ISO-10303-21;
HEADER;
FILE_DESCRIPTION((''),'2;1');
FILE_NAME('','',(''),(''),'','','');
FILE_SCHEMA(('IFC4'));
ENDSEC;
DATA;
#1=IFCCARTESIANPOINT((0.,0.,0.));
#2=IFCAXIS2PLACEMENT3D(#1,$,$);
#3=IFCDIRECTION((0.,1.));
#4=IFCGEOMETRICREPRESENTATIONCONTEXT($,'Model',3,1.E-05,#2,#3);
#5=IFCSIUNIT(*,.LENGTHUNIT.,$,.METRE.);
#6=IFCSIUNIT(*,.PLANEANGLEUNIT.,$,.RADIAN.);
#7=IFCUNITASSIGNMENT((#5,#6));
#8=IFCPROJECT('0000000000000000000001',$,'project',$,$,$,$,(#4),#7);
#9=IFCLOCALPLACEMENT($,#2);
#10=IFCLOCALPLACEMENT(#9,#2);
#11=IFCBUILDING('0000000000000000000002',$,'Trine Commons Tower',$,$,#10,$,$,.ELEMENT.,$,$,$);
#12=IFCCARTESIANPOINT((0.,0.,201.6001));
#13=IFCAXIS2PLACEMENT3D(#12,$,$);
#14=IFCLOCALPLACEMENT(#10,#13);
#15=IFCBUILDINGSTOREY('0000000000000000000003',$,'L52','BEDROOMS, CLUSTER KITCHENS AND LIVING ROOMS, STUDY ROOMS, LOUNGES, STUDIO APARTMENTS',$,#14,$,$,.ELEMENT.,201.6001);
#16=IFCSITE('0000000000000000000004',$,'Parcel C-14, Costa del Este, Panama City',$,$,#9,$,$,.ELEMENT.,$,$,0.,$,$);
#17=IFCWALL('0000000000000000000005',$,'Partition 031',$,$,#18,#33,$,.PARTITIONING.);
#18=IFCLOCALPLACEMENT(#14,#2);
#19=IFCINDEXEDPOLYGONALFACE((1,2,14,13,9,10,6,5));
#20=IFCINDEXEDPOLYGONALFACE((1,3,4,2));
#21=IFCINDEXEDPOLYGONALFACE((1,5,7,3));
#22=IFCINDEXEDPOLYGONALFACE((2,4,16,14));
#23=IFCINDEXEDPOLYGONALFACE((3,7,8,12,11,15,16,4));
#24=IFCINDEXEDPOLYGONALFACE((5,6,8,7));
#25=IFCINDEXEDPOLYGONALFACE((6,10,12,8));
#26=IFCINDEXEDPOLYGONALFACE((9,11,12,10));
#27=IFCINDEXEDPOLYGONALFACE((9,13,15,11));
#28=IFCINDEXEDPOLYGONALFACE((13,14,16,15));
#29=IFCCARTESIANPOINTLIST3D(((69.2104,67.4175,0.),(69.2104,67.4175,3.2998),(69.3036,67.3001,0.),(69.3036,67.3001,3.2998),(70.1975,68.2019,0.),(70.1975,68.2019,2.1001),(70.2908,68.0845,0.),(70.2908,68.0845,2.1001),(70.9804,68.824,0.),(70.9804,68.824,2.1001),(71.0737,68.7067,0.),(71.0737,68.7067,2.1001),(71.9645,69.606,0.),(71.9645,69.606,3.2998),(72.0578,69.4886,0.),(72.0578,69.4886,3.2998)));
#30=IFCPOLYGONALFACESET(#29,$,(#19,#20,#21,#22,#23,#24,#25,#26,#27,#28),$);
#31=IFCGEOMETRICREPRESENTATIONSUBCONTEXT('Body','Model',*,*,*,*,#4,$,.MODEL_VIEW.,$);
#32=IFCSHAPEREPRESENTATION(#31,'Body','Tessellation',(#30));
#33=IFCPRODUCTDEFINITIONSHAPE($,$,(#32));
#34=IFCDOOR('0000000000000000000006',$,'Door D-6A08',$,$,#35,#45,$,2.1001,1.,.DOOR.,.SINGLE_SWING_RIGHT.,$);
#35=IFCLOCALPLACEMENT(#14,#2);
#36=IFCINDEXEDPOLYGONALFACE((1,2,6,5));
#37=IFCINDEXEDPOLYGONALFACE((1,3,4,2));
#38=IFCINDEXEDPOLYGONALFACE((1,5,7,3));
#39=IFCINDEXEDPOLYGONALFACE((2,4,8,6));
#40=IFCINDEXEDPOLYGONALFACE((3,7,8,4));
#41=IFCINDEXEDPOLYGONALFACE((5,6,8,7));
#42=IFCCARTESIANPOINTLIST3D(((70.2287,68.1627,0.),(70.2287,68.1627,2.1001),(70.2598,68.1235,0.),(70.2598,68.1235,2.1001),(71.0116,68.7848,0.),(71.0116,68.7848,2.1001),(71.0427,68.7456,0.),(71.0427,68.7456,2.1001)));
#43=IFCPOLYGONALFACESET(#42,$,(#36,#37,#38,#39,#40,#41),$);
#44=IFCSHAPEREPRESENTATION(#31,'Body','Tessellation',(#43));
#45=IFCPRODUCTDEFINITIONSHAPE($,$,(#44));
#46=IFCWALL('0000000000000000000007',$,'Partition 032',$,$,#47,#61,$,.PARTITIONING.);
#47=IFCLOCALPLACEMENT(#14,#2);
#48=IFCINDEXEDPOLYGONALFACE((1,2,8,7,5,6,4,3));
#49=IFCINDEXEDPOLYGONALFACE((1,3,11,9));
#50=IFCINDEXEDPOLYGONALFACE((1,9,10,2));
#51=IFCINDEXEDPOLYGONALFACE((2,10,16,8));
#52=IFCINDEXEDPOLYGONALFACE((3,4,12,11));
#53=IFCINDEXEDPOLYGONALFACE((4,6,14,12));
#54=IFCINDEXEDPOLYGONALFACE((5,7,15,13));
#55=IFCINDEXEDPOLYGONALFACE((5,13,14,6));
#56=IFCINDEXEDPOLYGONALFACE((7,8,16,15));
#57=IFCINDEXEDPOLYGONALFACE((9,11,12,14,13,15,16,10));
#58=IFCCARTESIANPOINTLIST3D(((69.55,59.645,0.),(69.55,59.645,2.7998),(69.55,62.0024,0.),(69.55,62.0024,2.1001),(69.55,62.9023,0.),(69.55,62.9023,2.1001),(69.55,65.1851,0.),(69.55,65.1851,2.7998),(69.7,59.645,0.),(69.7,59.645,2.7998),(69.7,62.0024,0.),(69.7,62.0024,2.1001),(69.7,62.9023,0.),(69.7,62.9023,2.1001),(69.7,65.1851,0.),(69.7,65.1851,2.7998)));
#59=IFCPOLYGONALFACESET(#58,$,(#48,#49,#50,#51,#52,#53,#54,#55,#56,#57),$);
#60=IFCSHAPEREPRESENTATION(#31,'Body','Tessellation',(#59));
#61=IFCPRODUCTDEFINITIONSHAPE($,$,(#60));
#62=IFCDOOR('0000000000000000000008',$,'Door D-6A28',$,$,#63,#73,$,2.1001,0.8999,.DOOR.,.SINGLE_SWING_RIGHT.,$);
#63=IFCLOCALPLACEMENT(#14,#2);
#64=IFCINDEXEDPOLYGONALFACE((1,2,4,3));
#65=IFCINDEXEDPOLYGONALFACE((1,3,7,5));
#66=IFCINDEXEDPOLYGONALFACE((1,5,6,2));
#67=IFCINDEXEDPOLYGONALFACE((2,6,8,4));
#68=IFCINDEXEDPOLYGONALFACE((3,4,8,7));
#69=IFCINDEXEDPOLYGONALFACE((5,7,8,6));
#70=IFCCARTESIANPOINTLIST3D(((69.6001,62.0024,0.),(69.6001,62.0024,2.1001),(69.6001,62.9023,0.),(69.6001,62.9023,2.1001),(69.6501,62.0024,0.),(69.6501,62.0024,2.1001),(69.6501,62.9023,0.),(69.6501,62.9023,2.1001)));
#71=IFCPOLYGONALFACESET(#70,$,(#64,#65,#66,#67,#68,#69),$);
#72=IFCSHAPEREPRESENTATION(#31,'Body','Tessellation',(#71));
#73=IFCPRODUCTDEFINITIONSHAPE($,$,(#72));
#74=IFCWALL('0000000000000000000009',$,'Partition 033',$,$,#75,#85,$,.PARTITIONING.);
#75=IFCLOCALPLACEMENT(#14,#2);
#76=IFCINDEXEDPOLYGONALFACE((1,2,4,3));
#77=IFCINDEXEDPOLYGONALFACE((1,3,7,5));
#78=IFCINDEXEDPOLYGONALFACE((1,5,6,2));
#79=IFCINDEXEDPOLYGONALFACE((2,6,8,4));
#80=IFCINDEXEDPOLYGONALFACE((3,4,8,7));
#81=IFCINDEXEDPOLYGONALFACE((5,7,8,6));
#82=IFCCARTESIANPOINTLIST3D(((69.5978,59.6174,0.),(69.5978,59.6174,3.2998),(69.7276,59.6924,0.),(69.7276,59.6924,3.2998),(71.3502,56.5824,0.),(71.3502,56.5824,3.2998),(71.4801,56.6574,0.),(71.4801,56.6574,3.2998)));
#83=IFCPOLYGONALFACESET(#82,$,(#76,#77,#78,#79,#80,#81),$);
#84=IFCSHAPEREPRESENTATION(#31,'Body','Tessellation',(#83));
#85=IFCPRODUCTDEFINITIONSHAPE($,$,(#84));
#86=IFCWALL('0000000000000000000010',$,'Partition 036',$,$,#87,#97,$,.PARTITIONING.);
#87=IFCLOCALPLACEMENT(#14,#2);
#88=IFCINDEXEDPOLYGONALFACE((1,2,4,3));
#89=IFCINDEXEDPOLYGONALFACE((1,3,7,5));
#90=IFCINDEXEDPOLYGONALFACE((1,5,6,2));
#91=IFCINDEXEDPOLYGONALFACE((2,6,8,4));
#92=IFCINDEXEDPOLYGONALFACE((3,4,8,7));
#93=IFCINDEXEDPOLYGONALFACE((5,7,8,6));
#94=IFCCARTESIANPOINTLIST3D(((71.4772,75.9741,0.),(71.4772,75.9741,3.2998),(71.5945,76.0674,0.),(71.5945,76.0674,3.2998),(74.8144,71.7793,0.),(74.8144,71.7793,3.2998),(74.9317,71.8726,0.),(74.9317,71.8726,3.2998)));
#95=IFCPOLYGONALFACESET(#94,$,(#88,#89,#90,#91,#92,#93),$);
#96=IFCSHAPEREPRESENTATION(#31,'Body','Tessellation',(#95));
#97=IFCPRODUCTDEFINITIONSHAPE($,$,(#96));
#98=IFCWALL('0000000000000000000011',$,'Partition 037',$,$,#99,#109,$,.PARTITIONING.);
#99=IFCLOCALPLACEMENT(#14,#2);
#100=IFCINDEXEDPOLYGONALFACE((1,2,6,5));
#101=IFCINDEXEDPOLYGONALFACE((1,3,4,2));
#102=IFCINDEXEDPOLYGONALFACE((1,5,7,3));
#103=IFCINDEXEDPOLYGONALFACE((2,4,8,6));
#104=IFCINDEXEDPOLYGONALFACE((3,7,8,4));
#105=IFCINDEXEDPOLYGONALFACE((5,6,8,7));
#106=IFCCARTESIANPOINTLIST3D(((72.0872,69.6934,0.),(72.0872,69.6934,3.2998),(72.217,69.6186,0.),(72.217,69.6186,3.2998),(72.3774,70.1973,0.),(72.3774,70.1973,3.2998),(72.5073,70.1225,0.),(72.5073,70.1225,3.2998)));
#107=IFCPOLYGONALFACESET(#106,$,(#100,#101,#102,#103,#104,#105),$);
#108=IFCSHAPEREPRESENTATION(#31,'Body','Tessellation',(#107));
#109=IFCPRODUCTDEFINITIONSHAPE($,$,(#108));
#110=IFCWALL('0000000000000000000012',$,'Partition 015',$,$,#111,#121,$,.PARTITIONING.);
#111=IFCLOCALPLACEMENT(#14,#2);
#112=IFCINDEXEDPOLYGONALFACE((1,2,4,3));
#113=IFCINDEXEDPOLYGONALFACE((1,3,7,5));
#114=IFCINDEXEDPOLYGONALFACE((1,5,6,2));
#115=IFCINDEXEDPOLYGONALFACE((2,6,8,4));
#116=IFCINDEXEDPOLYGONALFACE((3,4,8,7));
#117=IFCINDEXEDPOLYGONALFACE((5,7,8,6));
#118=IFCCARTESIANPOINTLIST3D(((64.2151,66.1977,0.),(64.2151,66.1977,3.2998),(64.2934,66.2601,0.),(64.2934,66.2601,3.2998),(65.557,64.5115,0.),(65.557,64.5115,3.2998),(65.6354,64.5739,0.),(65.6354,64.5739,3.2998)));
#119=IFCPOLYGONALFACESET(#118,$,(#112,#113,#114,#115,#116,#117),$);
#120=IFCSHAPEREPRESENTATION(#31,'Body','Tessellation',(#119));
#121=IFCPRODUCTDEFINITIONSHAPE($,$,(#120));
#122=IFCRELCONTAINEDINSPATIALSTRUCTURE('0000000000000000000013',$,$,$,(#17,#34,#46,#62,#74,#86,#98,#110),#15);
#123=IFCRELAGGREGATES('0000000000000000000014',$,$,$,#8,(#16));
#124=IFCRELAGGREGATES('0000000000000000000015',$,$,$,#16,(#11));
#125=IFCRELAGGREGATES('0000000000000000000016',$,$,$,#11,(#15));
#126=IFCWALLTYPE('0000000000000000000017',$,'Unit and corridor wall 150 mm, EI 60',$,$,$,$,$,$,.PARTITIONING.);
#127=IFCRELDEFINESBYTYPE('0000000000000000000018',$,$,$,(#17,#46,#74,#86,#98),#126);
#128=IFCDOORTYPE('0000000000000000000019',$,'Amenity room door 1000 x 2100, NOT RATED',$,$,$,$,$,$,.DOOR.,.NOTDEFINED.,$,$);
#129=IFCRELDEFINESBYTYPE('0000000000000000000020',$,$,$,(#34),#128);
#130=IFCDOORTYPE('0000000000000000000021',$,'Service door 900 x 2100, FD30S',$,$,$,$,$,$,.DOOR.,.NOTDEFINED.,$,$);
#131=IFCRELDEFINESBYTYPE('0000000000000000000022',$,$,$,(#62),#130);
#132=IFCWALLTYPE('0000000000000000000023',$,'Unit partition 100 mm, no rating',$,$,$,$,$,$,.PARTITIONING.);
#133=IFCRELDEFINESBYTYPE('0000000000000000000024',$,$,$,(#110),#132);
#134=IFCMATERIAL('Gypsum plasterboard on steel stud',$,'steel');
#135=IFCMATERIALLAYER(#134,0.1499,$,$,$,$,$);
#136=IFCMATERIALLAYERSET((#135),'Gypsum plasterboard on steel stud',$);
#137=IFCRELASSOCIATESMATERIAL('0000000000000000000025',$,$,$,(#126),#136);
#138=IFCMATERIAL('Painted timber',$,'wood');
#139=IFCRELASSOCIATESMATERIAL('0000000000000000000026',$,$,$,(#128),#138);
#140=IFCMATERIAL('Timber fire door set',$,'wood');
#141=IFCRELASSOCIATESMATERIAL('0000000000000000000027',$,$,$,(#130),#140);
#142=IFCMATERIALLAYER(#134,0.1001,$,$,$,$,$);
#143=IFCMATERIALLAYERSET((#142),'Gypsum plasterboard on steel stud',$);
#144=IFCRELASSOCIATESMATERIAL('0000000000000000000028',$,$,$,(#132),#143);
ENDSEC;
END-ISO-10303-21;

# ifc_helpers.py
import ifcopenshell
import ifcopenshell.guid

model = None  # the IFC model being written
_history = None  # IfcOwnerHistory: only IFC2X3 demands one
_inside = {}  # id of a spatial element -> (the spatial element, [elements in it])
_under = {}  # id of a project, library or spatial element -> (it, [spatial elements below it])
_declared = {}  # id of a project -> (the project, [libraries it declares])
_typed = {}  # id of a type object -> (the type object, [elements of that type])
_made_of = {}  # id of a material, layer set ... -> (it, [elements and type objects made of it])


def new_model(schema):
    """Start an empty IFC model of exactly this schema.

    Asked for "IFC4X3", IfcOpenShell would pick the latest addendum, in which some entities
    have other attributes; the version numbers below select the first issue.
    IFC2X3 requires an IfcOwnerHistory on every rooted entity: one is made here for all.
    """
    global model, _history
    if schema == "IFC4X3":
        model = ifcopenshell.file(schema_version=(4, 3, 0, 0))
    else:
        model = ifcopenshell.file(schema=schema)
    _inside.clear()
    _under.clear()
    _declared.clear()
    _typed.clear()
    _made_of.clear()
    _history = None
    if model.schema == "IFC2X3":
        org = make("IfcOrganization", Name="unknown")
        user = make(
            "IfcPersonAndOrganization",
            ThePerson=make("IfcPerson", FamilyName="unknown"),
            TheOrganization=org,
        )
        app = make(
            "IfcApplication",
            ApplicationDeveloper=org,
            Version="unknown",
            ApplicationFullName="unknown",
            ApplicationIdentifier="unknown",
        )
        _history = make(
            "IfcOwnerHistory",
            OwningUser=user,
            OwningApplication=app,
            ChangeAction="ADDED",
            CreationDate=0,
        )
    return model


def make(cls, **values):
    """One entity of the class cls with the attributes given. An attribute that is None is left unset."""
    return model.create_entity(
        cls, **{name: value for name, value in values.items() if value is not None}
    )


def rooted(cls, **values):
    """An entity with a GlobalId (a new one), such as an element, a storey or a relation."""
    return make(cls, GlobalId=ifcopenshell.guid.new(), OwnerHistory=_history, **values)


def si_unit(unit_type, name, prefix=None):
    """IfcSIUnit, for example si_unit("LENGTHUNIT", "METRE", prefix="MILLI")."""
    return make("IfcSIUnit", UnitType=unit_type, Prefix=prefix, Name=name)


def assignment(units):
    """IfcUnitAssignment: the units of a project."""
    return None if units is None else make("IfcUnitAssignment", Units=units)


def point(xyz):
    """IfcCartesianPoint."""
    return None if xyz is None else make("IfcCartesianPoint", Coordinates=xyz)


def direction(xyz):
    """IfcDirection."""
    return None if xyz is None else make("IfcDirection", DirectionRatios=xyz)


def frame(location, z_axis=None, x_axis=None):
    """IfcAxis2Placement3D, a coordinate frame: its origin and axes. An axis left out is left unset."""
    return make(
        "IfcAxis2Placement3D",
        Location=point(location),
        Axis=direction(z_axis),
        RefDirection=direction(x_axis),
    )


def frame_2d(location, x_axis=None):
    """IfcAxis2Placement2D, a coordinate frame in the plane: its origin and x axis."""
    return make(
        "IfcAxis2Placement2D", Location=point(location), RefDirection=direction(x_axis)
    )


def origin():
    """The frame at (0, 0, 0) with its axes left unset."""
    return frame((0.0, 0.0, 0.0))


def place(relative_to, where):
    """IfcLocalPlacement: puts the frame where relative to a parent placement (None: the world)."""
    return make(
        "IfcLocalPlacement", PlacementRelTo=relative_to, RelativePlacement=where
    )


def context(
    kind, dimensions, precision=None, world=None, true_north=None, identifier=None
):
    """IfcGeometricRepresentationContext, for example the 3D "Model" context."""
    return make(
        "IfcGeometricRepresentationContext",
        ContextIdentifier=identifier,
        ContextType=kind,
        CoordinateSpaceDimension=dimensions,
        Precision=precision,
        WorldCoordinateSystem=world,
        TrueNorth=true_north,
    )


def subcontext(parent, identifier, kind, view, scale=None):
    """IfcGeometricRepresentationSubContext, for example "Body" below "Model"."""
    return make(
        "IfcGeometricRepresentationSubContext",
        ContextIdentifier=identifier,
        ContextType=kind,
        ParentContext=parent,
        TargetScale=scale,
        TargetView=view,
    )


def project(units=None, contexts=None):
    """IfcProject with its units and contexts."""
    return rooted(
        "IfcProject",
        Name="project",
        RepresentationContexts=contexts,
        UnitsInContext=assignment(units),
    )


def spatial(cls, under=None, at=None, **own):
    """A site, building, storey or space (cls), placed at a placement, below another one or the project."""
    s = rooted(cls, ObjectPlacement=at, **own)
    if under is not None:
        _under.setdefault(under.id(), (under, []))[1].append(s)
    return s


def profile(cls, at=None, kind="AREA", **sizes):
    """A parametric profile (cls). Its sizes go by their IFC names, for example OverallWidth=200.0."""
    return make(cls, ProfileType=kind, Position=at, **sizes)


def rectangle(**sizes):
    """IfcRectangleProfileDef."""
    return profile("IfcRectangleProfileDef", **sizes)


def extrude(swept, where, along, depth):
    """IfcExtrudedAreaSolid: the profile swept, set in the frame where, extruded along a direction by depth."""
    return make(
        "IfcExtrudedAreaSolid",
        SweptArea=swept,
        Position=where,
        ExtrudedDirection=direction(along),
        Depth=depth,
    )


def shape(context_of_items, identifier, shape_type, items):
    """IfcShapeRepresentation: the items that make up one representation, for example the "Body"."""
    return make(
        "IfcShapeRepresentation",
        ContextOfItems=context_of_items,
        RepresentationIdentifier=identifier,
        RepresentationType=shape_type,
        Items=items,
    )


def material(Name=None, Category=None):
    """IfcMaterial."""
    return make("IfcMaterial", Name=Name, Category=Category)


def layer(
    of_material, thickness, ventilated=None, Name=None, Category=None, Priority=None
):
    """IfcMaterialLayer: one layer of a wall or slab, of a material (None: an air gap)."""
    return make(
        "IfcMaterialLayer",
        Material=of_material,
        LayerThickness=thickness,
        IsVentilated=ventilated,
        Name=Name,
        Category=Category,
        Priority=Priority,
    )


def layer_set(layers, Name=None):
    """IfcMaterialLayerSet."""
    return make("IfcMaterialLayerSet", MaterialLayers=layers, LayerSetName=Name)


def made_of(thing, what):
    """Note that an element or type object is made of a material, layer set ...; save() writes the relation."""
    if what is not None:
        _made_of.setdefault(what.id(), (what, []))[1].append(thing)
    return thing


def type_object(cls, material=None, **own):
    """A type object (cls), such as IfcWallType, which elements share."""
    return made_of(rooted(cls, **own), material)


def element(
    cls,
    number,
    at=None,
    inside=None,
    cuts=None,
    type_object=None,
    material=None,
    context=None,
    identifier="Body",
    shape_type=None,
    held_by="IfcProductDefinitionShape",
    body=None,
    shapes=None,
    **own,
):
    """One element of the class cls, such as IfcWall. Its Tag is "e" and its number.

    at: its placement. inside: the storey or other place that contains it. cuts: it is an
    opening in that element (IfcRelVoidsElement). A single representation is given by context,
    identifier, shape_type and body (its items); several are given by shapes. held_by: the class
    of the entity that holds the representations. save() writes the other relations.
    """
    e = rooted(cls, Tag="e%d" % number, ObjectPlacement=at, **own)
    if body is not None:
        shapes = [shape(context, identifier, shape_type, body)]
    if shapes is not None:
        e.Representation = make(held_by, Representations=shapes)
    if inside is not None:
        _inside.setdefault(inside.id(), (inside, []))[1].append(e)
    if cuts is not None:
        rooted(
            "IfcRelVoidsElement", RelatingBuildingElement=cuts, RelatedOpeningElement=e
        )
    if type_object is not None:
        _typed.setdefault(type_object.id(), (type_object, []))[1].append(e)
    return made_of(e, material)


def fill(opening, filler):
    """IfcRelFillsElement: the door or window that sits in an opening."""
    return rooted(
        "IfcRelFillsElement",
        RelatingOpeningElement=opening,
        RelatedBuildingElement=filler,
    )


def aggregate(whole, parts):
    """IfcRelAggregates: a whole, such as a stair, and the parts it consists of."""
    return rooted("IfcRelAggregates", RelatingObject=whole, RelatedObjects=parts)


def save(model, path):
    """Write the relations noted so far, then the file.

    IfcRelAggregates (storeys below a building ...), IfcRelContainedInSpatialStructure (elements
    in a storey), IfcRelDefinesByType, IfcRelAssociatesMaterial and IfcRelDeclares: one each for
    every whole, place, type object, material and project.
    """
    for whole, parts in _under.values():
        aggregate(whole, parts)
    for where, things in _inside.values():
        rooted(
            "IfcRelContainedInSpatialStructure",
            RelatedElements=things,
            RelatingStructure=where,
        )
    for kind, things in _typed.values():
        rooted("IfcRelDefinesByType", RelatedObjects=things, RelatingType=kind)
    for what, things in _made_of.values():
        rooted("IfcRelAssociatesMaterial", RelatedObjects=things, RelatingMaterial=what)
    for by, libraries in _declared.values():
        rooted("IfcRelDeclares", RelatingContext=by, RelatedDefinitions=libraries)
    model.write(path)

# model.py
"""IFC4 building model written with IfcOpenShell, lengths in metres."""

from ifc_helpers import new_model, si_unit, direction, frame, frame_2d, origin, place, context, subcontext, project, spatial, rectangle, extrude, material, layer, layer_set, type_object, element, fill, save


model = new_model("IFC4")

# Units and contexts
model_context = context("Model", 3, precision=1e-05, world=origin(), true_north=direction((0.0, 1.0)))
body_context = subcontext(model_context, "Body", "Model", "MODEL_VIEW")
ifc_project = project(units=[si_unit("LENGTHUNIT", "METRE"), si_unit("PLANEANGLEUNIT", "RADIAN")], contexts=[model_context])

# Site, building, storey
site_placement = place(None, origin())
site = spatial("IfcSite", under=ifc_project, at=site_placement, Name="Parcel C-14, Costa del Este, Panama City", CompositionType="ELEMENT", RefElevation=0.0)
building_placement = place(site_placement, origin())
building = spatial("IfcBuilding", under=site, at=building_placement, Name="Trine Commons Tower", CompositionType="ELEMENT")
storey_placement = place(building_placement, frame((0.0, 0.0, 201.6001)))
storey = spatial("IfcBuildingStorey", under=building, at=storey_placement, Name="L52", Description="BEDROOMS, CLUSTER KITCHENS AND LIVING ROOMS, STUDY ROOMS, LOUNGES, STUDIO APARTMENTS", CompositionType="ELEMENT", Elevation=201.6001)

# Shared definitions
ifc_material_1 = material(Name="Gypsum plasterboard on steel stud", Category="steel")
ifc_layer_1 = layer(ifc_material_1, 0.1499)
ifc_layer_set_1 = layer_set([ifc_layer_1], Name="Gypsum plasterboard on steel stud")
wall_type_1 = type_object("IfcWallType", Name="Unit and corridor wall 150 mm, EI 60", PredefinedType="PARTITIONING", material=ifc_layer_set_1)

# Shared definitions
ifc_material_2 = material(Name="Timber fire door set", Category="wood")

# Shared definitions
ifc_material_3 = material(Name="Painted timber", Category="wood")
door_type_1 = type_object("IfcDoorType", Name="Amenity room door 1000 x 2100, NOT RATED", OperationType="NOTDEFINED", PredefinedType="DOOR", material=ifc_material_3)

# Walls, openings, doors
wall_1_placement = place(storey_placement, frame((69.2571, 67.3589, 0.0), z_axis=(0.0, 0.0, 1.0), x_axis=(0.782923, 0.622119, 0.0)))
wall_1 = element("IfcWall", 1, at=wall_1_placement, inside=storey, type_object=wall_type_1, Name="Partition 031", PredefinedType="PARTITIONING", context=body_context, shape_type="SweptSolid", body=[
    extrude(rectangle(XDim=3.5178, YDim=0.1499, at=frame_2d((1.7588, 0.0))), origin(), (0.0, 0.0, 1.0), 3.2998),
])
opening_1_placement = place(wall_1_placement, frame((1.2607, 0.0, 0.0)))
opening_1 = element("IfcOpeningElement", 2, at=opening_1_placement, cuts=wall_1, PredefinedType="OPENING", context=body_context, shape_type="SweptSolid", body=[
    extrude(rectangle(XDim=1.0, YDim=2.1001, at=frame_2d((0.5, 1.05))), frame((0.0, 0.085, 0.0), z_axis=(0.0, -1.0, 0.0), x_axis=(1.0, 0.0, 0.0)), (0.0, 0.0, 1.0), 0.1699),
])
door_1_placement = place(opening_1_placement, origin())
door_1 = element("IfcDoor", 3, at=door_1_placement, inside=storey, type_object=door_type_1, Name="Door D-6A08", OperationType="SINGLE_SWING_RIGHT", OverallHeight=2.1001, OverallWidth=1.0, PredefinedType="DOOR", context=body_context, shape_type="SweptSolid", body=[
    extrude(rectangle(XDim=1.0, YDim=2.1001, at=frame_2d((0.5, 1.05))), frame((0.0, 0.0249, 0.0), z_axis=(0.0, -1.0, 0.0), x_axis=(1.0, 0.0, 0.0)), (0.0, 0.0, 1.0), 0.05),
])
fill(opening_1, door_1)
wall_2_placement = place(storey_placement, frame((69.625, 59.645, 0.0), z_axis=(0.0, 0.0, 1.0), x_axis=(0.0, 1.0, 0.0)))
wall_2 = element("IfcWall", 4, at=wall_2_placement, inside=storey, type_object=wall_type_1, Name="Partition 032", PredefinedType="PARTITIONING", context=body_context, shape_type="SweptSolid", body=[
    extrude(rectangle(XDim=5.54, YDim=0.1499, at=frame_2d((2.77, 0.0))), origin(), (0.0, 0.0, 1.0), 2.7998),
])
opening_2_placement = place(wall_2_placement, frame((2.3574, 0.0, 0.0)))
opening_2 = element("IfcOpeningElement", 5, at=opening_2_placement, cuts=wall_2, PredefinedType="OPENING", context=body_context, shape_type="SweptSolid", body=[
    extrude(rectangle(XDim=0.8999, YDim=2.1001, at=frame_2d((0.45, 1.05))), frame((0.0, 0.085, 0.0), z_axis=(0.0, -1.0, 0.0), x_axis=(1.0, 0.0, 0.0)), (0.0, 0.0, 1.0), 0.1699),
])
door_type_2 = type_object("IfcDoorType", Name="Service door 900 x 2100, FD30S", OperationType="NOTDEFINED", PredefinedType="DOOR", material=ifc_material_2)
door_2_placement = place(opening_2_placement, origin())
door_2 = element("IfcDoor", 6, at=door_2_placement, inside=storey, type_object=door_type_2, Name="Door D-6A28", OperationType="SINGLE_SWING_RIGHT", OverallHeight=2.1001, OverallWidth=0.8999, PredefinedType="DOOR", context=body_context, shape_type="SweptSolid", body=[
    extrude(rectangle(XDim=0.8999, YDim=2.1001, at=frame_2d((0.45, 1.05))), frame((0.0, 0.0249, 0.0), z_axis=(0.0, -1.0, 0.0), x_axis=(1.0, 0.0, 0.0)), (0.0, 0.0, 1.0), 0.05),
])
fill(opening_2, door_2)

# Walls
wall_3_placement = place(storey_placement, frame((69.6626, 59.655, 0.0), z_axis=(0.0, 0.0, 1.0), x_axis=(0.50005, -0.865996, 0.0)))
element("IfcWall", 7, at=wall_3_placement, inside=storey, type_object=wall_type_1, Name="Partition 033", PredefinedType="PARTITIONING", context=body_context, shape_type="SweptSolid", body=[
    extrude(rectangle(XDim=3.5046, YDim=0.1499, at=frame_2d((1.7524, 0.0))), origin(), (0.0, 0.0, 1.0), 3.2998),
])
wall_4_placement = place(storey_placement, frame((71.5359, 76.0208, 0.0), z_axis=(0.0, 0.0, 1.0), x_axis=(0.622565, -0.782568, 0.0)))
element("IfcWall", 8, at=wall_4_placement, inside=storey, type_object=wall_type_1, Name="Partition 036", PredefinedType="PARTITIONING", context=body_context, shape_type="SweptSolid", body=[
    extrude(rectangle(XDim=5.3604, YDim=0.1499, at=frame_2d((2.6802, 0.0))), origin(), (0.0, 0.0, 1.0), 3.2998),
])
wall_5_placement = place(storey_placement, frame((72.1521, 69.656, 0.0), z_axis=(0.0, 0.0, 1.0), x_axis=(0.499165, 0.866507, 0.0)))
element("IfcWall", 9, at=wall_5_placement, inside=storey, type_object=wall_type_1, Name="Partition 037", PredefinedType="PARTITIONING", context=body_context, shape_type="SweptSolid", body=[
    extrude(rectangle(XDim=0.5815, YDim=0.1499, at=frame_2d((0.2908, 0.0))), origin(), (0.0, 0.0, 1.0), 3.2998),
])
ifc_layer_2 = layer(ifc_material_1, 0.1001)
ifc_layer_set_2 = layer_set([ifc_layer_2], Name="Gypsum plasterboard on steel stud")
wall_type_2 = type_object("IfcWallType", Name="Unit partition 100 mm, no rating", PredefinedType="PARTITIONING", material=ifc_layer_set_2)
wall_6_placement = place(storey_placement, frame((64.2542, 66.229, 0.0), z_axis=(0.0, 0.0, 1.0), x_axis=(0.622718, -0.782447, 0.0)))
element("IfcWall", 10, at=wall_6_placement, inside=storey, type_object=wall_type_2, Name="Partition 015", PredefinedType="PARTITIONING", context=body_context, shape_type="SweptSolid", body=[
    extrude(rectangle(XDim=2.155, YDim=0.1001, at=frame_2d((1.0776, 0.0))), origin(), (0.0, 0.0, 1.0), 3.2998),
])

save(model, "model.ifc")
